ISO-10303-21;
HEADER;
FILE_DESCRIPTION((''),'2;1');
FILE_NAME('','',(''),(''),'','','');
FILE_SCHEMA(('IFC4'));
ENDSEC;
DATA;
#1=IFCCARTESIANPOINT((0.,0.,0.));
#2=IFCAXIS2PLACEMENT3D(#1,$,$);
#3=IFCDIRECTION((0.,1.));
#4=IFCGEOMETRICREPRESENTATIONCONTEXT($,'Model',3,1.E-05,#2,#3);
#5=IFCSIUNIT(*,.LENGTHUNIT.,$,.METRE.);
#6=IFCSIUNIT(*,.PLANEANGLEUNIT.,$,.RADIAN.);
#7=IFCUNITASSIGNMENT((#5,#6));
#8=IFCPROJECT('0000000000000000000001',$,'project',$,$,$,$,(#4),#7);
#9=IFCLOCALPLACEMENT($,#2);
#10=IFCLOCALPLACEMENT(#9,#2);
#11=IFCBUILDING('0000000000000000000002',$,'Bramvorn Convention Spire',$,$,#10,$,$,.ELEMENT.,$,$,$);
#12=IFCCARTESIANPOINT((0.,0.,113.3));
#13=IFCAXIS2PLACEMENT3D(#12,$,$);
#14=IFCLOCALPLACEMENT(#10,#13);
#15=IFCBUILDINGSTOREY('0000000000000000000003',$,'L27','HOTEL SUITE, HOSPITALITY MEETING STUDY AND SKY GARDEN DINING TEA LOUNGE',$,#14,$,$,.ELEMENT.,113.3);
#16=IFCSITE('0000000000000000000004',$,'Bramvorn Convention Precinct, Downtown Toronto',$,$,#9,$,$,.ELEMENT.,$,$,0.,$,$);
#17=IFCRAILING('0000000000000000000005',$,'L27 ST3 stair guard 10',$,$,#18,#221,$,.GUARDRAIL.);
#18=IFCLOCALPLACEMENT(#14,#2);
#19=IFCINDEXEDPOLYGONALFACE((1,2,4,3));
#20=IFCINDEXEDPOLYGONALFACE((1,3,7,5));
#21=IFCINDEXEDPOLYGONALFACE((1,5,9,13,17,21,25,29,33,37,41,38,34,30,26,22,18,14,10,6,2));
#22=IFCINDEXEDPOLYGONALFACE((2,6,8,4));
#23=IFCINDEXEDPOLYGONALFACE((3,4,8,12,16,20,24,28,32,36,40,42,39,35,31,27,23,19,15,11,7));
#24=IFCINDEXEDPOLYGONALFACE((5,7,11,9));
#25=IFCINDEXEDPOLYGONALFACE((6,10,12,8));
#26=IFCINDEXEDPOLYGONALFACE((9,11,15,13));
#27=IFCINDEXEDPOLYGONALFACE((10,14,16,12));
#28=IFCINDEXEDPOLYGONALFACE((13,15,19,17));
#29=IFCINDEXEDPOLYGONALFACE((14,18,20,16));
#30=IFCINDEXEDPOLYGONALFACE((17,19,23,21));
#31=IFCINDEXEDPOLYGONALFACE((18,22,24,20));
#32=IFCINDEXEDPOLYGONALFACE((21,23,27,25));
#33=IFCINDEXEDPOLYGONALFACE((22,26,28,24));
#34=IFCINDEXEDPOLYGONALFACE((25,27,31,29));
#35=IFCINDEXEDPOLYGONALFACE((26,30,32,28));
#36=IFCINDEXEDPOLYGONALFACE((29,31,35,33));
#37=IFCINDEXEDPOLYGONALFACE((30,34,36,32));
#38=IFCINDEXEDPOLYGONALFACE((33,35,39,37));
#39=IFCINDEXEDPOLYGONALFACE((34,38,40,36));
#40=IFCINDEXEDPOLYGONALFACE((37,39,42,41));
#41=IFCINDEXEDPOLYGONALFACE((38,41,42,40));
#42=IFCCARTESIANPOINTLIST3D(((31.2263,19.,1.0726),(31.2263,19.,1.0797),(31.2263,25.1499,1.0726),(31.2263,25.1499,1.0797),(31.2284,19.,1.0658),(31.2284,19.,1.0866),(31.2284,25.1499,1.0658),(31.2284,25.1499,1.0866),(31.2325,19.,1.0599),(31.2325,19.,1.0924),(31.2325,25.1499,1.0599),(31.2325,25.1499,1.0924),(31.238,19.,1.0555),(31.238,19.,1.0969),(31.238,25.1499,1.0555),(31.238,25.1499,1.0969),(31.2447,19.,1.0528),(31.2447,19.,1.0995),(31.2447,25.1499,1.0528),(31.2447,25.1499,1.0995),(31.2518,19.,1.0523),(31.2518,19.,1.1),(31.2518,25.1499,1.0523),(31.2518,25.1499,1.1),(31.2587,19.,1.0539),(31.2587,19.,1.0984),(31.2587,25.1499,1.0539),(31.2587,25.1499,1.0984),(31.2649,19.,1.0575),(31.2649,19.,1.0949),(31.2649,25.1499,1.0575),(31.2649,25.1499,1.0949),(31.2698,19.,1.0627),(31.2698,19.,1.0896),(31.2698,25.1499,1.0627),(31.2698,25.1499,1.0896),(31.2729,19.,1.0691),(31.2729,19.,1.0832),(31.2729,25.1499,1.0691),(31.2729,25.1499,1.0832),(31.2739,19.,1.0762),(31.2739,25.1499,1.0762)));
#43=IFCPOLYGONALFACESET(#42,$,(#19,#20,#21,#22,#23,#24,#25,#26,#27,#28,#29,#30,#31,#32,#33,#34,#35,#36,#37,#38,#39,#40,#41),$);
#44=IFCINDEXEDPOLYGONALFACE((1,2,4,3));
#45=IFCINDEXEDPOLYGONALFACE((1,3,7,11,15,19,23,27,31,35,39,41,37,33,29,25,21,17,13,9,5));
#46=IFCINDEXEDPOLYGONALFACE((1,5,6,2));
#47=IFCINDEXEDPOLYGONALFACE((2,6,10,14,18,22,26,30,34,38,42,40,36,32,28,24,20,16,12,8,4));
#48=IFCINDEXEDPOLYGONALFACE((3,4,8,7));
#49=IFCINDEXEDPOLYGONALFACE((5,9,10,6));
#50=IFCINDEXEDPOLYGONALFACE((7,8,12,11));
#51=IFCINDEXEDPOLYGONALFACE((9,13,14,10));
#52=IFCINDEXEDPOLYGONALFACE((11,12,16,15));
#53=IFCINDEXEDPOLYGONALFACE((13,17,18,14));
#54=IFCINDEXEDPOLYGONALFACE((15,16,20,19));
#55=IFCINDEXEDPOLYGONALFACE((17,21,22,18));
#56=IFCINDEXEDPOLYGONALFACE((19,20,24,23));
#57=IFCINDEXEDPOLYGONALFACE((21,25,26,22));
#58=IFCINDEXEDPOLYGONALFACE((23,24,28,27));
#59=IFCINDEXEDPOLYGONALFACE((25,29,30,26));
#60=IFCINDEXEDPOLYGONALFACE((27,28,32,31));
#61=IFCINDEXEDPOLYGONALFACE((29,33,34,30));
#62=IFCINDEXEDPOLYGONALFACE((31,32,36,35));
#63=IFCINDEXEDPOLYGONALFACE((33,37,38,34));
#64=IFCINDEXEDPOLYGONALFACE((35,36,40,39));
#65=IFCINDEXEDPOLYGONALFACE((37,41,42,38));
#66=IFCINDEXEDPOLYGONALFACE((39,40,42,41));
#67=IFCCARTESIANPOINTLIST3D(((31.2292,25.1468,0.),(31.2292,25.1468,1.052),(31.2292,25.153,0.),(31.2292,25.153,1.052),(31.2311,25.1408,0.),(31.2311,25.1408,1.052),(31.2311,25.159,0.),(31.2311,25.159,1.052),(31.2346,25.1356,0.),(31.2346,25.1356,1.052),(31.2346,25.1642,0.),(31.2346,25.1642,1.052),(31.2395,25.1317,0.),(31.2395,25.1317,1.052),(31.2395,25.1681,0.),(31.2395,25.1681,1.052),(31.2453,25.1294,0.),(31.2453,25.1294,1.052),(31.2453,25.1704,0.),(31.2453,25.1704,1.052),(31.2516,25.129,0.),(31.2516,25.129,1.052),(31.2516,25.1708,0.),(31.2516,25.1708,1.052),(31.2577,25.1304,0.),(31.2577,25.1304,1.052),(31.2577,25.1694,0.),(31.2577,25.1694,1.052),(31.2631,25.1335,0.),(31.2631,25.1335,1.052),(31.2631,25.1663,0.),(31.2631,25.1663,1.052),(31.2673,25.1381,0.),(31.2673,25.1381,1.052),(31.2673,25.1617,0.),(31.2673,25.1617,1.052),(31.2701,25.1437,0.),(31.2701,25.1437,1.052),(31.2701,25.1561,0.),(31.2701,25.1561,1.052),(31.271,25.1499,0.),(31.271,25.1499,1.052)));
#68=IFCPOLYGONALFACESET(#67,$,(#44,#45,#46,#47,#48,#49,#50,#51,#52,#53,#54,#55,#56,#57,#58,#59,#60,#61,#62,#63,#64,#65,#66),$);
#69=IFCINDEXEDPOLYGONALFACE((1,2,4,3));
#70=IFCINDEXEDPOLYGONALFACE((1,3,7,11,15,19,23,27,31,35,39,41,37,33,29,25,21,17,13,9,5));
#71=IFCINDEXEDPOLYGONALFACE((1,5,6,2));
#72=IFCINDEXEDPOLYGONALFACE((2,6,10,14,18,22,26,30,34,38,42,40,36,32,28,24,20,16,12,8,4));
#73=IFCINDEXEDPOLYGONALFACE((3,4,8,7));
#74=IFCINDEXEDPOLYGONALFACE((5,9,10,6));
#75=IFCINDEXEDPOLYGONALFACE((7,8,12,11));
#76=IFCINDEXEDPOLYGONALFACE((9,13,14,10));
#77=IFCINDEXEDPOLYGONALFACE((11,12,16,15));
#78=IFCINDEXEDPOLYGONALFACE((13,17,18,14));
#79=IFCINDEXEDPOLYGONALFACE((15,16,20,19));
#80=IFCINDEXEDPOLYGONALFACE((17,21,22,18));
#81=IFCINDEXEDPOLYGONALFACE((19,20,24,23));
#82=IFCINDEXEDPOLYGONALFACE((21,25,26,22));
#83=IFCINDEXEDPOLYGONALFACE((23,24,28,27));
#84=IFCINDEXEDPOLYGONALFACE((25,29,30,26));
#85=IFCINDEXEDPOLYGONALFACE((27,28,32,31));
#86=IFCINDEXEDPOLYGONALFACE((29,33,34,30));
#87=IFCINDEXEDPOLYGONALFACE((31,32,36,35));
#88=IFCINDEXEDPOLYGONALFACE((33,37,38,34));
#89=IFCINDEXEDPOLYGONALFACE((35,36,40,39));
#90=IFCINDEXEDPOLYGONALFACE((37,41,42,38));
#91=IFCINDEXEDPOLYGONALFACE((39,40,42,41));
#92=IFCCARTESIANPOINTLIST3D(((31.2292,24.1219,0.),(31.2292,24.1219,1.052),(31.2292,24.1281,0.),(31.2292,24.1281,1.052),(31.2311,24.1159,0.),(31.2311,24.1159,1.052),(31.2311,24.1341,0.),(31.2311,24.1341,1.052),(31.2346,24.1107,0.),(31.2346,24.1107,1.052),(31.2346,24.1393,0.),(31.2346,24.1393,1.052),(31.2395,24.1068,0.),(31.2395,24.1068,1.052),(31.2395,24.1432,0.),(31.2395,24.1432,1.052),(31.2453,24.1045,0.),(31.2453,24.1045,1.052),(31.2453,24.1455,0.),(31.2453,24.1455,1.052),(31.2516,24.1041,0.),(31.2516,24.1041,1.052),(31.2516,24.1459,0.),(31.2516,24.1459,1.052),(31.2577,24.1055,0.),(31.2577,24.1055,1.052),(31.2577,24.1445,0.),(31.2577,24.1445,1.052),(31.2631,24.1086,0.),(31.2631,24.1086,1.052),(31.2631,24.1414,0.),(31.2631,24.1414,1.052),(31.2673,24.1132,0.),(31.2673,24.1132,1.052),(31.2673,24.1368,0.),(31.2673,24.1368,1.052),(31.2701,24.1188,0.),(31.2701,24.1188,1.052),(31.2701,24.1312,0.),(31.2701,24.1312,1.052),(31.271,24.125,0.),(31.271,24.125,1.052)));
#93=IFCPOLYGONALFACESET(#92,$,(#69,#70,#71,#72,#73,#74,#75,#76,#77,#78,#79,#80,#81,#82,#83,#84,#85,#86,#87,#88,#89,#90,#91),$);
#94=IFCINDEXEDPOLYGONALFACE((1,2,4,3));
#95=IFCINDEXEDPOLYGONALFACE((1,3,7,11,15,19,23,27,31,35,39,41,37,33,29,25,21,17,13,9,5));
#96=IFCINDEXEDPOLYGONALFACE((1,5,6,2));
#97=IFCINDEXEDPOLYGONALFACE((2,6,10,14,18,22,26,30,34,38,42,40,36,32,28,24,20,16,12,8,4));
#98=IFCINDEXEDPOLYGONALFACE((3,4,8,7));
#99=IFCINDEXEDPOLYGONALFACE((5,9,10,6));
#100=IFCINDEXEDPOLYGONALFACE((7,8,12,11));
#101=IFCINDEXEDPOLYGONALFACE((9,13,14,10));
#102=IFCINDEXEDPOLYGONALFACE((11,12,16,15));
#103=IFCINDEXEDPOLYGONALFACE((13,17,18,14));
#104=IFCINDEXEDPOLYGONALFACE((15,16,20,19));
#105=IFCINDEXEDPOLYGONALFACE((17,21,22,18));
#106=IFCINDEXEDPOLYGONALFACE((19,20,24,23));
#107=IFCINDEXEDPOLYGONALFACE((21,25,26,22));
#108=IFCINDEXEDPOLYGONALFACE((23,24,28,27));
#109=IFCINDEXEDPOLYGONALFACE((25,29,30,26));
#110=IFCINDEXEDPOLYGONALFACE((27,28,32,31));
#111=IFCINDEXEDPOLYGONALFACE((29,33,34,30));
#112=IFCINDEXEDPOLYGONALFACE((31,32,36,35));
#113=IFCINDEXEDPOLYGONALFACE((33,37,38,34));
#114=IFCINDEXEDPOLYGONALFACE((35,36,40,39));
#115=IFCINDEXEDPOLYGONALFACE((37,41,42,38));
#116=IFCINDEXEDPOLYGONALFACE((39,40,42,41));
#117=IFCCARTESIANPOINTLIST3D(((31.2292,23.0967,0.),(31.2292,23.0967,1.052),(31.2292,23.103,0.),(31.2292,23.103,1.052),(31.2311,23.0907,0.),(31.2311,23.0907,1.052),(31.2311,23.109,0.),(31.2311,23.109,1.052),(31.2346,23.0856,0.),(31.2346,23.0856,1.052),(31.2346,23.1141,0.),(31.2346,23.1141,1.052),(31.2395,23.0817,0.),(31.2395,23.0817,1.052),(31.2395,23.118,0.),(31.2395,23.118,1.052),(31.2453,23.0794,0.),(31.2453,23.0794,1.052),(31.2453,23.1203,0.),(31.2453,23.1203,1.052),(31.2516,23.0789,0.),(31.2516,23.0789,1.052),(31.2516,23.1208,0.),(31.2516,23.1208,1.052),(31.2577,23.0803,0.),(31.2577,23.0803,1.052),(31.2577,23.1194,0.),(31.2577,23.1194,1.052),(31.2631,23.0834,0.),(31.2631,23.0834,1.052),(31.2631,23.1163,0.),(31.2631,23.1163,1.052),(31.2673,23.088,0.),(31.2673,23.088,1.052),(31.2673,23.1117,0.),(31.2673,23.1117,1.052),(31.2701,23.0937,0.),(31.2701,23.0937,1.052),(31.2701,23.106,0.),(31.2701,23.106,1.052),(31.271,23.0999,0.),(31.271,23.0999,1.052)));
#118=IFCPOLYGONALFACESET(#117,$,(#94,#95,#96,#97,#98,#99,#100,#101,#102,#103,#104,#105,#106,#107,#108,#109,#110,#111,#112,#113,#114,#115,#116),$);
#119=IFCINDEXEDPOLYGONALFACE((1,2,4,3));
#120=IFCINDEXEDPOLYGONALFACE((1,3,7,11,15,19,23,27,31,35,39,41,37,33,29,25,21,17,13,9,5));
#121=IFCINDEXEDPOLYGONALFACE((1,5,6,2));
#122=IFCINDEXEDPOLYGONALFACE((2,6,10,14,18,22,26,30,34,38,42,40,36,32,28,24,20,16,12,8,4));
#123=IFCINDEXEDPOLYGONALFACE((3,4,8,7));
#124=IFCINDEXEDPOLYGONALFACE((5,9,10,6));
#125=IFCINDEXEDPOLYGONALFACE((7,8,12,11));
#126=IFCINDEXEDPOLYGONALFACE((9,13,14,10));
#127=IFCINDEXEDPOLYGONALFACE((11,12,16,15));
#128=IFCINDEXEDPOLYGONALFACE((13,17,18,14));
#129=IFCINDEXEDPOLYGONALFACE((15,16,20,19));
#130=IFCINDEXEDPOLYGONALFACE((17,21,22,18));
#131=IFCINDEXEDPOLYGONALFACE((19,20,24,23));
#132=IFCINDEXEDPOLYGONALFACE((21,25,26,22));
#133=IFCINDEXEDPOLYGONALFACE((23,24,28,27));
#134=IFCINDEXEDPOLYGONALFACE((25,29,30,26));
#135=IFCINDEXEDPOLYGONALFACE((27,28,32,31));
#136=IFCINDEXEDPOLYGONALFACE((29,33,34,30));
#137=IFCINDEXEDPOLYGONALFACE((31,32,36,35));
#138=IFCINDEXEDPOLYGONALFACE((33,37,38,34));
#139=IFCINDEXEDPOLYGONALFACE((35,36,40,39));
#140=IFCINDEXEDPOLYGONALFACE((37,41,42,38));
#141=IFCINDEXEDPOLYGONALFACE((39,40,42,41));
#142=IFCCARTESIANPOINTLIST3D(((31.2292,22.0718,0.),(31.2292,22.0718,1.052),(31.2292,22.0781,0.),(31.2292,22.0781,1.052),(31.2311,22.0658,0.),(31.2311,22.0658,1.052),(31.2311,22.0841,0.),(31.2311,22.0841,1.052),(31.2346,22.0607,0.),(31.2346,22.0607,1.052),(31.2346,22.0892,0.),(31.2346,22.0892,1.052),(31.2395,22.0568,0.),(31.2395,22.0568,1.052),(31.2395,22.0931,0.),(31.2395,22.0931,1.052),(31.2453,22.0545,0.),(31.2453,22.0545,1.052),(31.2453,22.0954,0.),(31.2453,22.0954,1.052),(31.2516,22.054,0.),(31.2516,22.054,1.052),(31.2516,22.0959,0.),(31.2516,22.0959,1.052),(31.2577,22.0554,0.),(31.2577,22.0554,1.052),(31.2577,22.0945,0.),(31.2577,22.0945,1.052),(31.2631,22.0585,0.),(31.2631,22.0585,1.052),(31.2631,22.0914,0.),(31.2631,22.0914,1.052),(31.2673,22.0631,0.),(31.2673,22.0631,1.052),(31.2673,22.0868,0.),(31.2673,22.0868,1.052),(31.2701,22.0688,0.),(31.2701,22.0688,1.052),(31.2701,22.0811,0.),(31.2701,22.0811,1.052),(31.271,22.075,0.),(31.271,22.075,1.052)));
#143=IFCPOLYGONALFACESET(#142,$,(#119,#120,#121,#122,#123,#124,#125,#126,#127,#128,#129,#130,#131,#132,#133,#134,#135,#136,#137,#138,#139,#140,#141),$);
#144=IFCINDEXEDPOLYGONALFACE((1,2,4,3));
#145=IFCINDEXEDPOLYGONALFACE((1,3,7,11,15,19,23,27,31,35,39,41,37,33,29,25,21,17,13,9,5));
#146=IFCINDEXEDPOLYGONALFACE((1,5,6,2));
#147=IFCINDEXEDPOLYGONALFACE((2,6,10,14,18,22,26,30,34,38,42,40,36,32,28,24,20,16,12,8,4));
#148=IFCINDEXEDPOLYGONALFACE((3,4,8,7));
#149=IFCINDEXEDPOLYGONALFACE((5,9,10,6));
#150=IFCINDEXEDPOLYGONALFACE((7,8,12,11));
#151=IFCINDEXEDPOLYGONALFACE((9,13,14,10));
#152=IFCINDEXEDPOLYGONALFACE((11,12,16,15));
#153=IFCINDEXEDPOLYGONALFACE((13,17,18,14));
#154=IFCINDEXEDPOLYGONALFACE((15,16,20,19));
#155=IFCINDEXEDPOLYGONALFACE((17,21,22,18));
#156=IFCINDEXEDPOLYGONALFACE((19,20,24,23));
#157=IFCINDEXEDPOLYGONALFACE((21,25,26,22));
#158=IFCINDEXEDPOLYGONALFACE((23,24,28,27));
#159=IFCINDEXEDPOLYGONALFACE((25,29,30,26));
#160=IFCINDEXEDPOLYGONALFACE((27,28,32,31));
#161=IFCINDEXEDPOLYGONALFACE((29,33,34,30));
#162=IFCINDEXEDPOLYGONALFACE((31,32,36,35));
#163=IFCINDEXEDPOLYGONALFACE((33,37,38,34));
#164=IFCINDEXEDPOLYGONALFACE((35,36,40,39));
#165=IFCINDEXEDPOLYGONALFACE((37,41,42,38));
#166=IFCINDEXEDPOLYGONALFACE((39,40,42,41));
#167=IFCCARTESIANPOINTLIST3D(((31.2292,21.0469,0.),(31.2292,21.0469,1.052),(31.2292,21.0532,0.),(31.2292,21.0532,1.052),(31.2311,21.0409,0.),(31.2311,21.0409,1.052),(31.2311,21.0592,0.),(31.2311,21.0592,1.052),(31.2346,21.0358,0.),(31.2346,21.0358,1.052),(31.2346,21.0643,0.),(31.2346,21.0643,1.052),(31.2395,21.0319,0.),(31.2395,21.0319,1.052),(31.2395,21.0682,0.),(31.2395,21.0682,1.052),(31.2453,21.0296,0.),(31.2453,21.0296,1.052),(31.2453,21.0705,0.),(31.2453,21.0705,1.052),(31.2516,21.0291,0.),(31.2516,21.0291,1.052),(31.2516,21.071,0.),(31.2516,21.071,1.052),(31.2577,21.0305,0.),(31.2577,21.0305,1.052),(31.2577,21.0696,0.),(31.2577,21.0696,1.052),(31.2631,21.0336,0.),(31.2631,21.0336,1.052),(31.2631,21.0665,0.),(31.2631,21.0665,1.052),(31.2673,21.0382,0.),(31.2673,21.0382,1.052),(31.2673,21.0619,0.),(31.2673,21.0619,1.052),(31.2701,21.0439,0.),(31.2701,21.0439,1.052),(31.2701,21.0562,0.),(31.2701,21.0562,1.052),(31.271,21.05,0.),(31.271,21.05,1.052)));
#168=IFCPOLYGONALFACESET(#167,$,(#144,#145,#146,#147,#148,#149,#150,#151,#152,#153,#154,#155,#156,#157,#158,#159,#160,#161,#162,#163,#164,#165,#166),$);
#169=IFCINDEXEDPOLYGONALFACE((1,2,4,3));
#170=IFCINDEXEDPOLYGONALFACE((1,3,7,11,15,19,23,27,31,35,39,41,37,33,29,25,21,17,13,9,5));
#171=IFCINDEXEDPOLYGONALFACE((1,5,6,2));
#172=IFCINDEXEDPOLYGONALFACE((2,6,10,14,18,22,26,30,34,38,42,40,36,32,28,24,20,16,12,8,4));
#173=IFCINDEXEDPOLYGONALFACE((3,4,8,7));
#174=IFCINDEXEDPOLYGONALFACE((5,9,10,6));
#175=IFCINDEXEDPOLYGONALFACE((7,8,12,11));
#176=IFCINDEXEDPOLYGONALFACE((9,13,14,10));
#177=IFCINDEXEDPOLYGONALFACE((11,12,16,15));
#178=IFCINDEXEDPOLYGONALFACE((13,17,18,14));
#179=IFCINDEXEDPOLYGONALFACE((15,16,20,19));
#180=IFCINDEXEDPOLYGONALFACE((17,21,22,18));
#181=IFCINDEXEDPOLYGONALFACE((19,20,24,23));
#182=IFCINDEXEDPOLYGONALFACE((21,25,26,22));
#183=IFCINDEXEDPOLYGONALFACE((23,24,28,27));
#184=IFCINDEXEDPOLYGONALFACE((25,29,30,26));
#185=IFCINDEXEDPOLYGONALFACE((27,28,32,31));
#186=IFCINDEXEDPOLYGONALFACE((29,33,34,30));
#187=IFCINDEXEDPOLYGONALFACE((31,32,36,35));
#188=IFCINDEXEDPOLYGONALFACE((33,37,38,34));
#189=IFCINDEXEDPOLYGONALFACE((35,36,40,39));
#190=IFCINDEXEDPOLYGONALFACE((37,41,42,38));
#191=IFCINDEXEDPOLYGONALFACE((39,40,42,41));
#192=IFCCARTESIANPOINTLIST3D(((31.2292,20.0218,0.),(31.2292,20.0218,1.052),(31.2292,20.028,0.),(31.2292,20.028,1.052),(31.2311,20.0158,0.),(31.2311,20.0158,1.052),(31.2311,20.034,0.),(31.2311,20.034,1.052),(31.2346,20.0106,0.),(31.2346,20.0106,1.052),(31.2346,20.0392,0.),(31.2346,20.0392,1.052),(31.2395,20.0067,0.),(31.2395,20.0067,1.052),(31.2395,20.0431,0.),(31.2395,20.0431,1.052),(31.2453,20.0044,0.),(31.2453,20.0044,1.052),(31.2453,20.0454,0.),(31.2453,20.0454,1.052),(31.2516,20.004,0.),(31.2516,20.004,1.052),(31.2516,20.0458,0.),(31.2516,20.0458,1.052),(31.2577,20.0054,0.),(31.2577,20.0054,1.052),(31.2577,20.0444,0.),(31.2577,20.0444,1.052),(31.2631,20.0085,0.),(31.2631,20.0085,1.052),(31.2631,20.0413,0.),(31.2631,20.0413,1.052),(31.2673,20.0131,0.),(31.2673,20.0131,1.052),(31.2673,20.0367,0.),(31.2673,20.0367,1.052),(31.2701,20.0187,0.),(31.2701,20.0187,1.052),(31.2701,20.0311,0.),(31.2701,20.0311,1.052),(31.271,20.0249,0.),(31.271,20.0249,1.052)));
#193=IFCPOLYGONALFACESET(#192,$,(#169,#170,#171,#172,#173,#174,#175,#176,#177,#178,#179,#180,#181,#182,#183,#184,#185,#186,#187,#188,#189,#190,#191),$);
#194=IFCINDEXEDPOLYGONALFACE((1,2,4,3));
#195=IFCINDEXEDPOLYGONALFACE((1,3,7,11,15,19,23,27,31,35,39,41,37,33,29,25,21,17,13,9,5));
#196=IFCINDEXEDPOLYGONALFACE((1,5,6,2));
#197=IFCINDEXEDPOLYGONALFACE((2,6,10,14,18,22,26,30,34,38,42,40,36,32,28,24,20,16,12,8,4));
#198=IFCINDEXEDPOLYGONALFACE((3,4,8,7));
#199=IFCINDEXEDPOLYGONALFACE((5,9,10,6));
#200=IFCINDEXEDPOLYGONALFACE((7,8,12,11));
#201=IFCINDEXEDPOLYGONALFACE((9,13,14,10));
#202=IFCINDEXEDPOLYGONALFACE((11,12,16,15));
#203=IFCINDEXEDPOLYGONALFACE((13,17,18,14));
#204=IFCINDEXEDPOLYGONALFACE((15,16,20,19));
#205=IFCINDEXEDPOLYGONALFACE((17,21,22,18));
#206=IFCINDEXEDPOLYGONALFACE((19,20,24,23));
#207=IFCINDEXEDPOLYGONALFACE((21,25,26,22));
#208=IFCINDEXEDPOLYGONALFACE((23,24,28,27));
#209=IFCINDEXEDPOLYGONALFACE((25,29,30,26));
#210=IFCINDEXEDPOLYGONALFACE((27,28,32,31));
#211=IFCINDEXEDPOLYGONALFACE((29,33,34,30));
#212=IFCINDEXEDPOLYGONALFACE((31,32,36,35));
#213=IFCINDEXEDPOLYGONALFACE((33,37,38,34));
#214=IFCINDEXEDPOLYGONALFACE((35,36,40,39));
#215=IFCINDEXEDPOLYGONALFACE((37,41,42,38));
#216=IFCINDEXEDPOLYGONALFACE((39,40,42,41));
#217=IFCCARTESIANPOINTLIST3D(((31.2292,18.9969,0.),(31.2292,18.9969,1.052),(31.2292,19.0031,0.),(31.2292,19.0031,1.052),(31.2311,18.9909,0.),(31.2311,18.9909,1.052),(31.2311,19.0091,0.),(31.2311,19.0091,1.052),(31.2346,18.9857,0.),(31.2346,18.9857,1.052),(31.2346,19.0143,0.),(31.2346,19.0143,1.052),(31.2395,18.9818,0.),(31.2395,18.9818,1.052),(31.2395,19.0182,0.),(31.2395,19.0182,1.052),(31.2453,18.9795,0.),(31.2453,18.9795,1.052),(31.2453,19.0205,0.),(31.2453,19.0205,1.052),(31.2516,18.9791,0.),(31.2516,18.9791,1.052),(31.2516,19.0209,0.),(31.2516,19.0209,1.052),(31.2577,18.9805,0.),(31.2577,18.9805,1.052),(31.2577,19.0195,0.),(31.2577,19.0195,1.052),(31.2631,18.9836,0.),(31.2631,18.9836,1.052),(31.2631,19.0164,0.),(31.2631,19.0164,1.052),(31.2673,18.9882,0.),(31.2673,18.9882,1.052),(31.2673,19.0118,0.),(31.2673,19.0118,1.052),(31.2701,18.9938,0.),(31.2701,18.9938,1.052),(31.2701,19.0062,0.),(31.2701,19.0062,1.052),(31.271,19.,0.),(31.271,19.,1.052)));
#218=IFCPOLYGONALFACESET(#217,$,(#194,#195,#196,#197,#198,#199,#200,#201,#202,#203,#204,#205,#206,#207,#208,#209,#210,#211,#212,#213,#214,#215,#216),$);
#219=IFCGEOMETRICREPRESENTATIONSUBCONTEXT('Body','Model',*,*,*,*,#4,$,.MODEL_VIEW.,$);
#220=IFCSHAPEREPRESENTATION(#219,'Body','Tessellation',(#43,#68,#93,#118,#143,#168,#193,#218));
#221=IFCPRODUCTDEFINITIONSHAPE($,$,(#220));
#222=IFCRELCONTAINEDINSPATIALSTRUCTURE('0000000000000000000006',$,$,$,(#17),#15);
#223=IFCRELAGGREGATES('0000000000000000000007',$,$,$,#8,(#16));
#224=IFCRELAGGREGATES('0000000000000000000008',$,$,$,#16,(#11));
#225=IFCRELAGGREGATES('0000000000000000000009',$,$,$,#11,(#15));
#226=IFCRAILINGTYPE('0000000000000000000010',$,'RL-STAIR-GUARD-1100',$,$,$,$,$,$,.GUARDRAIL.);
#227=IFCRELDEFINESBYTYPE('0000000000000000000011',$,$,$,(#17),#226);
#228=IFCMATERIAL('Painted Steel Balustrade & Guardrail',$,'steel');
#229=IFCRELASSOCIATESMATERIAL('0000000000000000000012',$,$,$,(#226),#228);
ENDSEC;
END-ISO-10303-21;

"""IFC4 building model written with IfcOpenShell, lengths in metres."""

from ifc_helpers import new_model, si_unit, direction, frame, origin, origin_2d, place, context, subcontext, project, spatial, circle, extrude, material, type_object, element, save


model = new_model("IFC4")

# Units and contexts
model_context = context("Model", 3, precision=1e-05, world=origin(), true_north=direction((0.0, 1.0)))
body_context = subcontext(model_context, "Body", "Model", "MODEL_VIEW")
ifc_project = project(units=[si_unit("LENGTHUNIT", "METRE"), si_unit("PLANEANGLEUNIT", "RADIAN")], contexts=[model_context])

# Site, building, storey
site_placement = place(None, origin())
site = spatial("IfcSite", under=ifc_project, at=site_placement, Name="Bramvorn Convention Precinct, Downtown Toronto", CompositionType="ELEMENT", RefElevation=0.0)
building_placement = place(site_placement, origin())
building = spatial("IfcBuilding", under=site, at=building_placement, Name="Bramvorn Convention Spire", CompositionType="ELEMENT")
storey_placement = place(building_placement, frame((0.0, 0.0, 113.3)))
storey = spatial("IfcBuildingStorey", under=building, at=storey_placement, Name="L27", Description="HOTEL SUITE, HOSPITALITY MEETING STUDY AND SKY GARDEN DINING TEA LOUNGE", CompositionType="ELEMENT", Elevation=113.3)

# Railing
ifc_material_1 = material(Name="Painted Steel Balustrade & Guardrail", Category="steel")
railing_type = type_object("IfcRailingType", Name="RL-STAIR-GUARD-1100", PredefinedType="GUARDRAIL", material=ifc_material_1)
railing_1_placement = place(storey_placement, frame((31.25, 25.1499, 0.0)))
element("IfcRailing", 1, at=railing_1_placement, inside=storey, type_object=railing_type, Name="L27 ST3 stair guard 10", PredefinedType="GUARDRAIL", context=body_context, shape_type="SweptSolid", body=[
    extrude(circle(Radius=0.0239, at=origin_2d()), frame((0.0, 0.0, 1.0762), z_axis=(0.0, -1.0, 0.0), x_axis=(1.0, 0.0, 0.0)), (0.0, 0.0, 1.0), 6.1499),
    extrude(circle(Radius=0.021, at=origin_2d()), origin(), (0.0, 0.0, 1.0), 1.052),
    extrude(circle(Radius=0.021, at=origin_2d()), frame((0.0, -1.0249, 0.0)), (0.0, 0.0, 1.0), 1.052),
    extrude(circle(Radius=0.021, at=origin_2d()), frame((0.0, -2.05, 0.0)), (0.0, 0.0, 1.0), 1.052),
    extrude(circle(Radius=0.021, at=origin_2d()), frame((0.0, -3.075, 0.0)), (0.0, 0.0, 1.0), 1.052),
    extrude(circle(Radius=0.021, at=origin_2d()), frame((0.0, -4.0999, 0.0)), (0.0, 0.0, 1.0), 1.052),
    extrude(circle(Radius=0.021, at=origin_2d()), frame((0.0, -5.125, 0.0)), (0.0, 0.0, 1.0), 1.052),
    extrude(circle(Radius=0.021, at=origin_2d()), frame((0.0, -6.1499, 0.0)), (0.0, 0.0, 1.0), 1.052),
])

save(model, "model.ifc")
